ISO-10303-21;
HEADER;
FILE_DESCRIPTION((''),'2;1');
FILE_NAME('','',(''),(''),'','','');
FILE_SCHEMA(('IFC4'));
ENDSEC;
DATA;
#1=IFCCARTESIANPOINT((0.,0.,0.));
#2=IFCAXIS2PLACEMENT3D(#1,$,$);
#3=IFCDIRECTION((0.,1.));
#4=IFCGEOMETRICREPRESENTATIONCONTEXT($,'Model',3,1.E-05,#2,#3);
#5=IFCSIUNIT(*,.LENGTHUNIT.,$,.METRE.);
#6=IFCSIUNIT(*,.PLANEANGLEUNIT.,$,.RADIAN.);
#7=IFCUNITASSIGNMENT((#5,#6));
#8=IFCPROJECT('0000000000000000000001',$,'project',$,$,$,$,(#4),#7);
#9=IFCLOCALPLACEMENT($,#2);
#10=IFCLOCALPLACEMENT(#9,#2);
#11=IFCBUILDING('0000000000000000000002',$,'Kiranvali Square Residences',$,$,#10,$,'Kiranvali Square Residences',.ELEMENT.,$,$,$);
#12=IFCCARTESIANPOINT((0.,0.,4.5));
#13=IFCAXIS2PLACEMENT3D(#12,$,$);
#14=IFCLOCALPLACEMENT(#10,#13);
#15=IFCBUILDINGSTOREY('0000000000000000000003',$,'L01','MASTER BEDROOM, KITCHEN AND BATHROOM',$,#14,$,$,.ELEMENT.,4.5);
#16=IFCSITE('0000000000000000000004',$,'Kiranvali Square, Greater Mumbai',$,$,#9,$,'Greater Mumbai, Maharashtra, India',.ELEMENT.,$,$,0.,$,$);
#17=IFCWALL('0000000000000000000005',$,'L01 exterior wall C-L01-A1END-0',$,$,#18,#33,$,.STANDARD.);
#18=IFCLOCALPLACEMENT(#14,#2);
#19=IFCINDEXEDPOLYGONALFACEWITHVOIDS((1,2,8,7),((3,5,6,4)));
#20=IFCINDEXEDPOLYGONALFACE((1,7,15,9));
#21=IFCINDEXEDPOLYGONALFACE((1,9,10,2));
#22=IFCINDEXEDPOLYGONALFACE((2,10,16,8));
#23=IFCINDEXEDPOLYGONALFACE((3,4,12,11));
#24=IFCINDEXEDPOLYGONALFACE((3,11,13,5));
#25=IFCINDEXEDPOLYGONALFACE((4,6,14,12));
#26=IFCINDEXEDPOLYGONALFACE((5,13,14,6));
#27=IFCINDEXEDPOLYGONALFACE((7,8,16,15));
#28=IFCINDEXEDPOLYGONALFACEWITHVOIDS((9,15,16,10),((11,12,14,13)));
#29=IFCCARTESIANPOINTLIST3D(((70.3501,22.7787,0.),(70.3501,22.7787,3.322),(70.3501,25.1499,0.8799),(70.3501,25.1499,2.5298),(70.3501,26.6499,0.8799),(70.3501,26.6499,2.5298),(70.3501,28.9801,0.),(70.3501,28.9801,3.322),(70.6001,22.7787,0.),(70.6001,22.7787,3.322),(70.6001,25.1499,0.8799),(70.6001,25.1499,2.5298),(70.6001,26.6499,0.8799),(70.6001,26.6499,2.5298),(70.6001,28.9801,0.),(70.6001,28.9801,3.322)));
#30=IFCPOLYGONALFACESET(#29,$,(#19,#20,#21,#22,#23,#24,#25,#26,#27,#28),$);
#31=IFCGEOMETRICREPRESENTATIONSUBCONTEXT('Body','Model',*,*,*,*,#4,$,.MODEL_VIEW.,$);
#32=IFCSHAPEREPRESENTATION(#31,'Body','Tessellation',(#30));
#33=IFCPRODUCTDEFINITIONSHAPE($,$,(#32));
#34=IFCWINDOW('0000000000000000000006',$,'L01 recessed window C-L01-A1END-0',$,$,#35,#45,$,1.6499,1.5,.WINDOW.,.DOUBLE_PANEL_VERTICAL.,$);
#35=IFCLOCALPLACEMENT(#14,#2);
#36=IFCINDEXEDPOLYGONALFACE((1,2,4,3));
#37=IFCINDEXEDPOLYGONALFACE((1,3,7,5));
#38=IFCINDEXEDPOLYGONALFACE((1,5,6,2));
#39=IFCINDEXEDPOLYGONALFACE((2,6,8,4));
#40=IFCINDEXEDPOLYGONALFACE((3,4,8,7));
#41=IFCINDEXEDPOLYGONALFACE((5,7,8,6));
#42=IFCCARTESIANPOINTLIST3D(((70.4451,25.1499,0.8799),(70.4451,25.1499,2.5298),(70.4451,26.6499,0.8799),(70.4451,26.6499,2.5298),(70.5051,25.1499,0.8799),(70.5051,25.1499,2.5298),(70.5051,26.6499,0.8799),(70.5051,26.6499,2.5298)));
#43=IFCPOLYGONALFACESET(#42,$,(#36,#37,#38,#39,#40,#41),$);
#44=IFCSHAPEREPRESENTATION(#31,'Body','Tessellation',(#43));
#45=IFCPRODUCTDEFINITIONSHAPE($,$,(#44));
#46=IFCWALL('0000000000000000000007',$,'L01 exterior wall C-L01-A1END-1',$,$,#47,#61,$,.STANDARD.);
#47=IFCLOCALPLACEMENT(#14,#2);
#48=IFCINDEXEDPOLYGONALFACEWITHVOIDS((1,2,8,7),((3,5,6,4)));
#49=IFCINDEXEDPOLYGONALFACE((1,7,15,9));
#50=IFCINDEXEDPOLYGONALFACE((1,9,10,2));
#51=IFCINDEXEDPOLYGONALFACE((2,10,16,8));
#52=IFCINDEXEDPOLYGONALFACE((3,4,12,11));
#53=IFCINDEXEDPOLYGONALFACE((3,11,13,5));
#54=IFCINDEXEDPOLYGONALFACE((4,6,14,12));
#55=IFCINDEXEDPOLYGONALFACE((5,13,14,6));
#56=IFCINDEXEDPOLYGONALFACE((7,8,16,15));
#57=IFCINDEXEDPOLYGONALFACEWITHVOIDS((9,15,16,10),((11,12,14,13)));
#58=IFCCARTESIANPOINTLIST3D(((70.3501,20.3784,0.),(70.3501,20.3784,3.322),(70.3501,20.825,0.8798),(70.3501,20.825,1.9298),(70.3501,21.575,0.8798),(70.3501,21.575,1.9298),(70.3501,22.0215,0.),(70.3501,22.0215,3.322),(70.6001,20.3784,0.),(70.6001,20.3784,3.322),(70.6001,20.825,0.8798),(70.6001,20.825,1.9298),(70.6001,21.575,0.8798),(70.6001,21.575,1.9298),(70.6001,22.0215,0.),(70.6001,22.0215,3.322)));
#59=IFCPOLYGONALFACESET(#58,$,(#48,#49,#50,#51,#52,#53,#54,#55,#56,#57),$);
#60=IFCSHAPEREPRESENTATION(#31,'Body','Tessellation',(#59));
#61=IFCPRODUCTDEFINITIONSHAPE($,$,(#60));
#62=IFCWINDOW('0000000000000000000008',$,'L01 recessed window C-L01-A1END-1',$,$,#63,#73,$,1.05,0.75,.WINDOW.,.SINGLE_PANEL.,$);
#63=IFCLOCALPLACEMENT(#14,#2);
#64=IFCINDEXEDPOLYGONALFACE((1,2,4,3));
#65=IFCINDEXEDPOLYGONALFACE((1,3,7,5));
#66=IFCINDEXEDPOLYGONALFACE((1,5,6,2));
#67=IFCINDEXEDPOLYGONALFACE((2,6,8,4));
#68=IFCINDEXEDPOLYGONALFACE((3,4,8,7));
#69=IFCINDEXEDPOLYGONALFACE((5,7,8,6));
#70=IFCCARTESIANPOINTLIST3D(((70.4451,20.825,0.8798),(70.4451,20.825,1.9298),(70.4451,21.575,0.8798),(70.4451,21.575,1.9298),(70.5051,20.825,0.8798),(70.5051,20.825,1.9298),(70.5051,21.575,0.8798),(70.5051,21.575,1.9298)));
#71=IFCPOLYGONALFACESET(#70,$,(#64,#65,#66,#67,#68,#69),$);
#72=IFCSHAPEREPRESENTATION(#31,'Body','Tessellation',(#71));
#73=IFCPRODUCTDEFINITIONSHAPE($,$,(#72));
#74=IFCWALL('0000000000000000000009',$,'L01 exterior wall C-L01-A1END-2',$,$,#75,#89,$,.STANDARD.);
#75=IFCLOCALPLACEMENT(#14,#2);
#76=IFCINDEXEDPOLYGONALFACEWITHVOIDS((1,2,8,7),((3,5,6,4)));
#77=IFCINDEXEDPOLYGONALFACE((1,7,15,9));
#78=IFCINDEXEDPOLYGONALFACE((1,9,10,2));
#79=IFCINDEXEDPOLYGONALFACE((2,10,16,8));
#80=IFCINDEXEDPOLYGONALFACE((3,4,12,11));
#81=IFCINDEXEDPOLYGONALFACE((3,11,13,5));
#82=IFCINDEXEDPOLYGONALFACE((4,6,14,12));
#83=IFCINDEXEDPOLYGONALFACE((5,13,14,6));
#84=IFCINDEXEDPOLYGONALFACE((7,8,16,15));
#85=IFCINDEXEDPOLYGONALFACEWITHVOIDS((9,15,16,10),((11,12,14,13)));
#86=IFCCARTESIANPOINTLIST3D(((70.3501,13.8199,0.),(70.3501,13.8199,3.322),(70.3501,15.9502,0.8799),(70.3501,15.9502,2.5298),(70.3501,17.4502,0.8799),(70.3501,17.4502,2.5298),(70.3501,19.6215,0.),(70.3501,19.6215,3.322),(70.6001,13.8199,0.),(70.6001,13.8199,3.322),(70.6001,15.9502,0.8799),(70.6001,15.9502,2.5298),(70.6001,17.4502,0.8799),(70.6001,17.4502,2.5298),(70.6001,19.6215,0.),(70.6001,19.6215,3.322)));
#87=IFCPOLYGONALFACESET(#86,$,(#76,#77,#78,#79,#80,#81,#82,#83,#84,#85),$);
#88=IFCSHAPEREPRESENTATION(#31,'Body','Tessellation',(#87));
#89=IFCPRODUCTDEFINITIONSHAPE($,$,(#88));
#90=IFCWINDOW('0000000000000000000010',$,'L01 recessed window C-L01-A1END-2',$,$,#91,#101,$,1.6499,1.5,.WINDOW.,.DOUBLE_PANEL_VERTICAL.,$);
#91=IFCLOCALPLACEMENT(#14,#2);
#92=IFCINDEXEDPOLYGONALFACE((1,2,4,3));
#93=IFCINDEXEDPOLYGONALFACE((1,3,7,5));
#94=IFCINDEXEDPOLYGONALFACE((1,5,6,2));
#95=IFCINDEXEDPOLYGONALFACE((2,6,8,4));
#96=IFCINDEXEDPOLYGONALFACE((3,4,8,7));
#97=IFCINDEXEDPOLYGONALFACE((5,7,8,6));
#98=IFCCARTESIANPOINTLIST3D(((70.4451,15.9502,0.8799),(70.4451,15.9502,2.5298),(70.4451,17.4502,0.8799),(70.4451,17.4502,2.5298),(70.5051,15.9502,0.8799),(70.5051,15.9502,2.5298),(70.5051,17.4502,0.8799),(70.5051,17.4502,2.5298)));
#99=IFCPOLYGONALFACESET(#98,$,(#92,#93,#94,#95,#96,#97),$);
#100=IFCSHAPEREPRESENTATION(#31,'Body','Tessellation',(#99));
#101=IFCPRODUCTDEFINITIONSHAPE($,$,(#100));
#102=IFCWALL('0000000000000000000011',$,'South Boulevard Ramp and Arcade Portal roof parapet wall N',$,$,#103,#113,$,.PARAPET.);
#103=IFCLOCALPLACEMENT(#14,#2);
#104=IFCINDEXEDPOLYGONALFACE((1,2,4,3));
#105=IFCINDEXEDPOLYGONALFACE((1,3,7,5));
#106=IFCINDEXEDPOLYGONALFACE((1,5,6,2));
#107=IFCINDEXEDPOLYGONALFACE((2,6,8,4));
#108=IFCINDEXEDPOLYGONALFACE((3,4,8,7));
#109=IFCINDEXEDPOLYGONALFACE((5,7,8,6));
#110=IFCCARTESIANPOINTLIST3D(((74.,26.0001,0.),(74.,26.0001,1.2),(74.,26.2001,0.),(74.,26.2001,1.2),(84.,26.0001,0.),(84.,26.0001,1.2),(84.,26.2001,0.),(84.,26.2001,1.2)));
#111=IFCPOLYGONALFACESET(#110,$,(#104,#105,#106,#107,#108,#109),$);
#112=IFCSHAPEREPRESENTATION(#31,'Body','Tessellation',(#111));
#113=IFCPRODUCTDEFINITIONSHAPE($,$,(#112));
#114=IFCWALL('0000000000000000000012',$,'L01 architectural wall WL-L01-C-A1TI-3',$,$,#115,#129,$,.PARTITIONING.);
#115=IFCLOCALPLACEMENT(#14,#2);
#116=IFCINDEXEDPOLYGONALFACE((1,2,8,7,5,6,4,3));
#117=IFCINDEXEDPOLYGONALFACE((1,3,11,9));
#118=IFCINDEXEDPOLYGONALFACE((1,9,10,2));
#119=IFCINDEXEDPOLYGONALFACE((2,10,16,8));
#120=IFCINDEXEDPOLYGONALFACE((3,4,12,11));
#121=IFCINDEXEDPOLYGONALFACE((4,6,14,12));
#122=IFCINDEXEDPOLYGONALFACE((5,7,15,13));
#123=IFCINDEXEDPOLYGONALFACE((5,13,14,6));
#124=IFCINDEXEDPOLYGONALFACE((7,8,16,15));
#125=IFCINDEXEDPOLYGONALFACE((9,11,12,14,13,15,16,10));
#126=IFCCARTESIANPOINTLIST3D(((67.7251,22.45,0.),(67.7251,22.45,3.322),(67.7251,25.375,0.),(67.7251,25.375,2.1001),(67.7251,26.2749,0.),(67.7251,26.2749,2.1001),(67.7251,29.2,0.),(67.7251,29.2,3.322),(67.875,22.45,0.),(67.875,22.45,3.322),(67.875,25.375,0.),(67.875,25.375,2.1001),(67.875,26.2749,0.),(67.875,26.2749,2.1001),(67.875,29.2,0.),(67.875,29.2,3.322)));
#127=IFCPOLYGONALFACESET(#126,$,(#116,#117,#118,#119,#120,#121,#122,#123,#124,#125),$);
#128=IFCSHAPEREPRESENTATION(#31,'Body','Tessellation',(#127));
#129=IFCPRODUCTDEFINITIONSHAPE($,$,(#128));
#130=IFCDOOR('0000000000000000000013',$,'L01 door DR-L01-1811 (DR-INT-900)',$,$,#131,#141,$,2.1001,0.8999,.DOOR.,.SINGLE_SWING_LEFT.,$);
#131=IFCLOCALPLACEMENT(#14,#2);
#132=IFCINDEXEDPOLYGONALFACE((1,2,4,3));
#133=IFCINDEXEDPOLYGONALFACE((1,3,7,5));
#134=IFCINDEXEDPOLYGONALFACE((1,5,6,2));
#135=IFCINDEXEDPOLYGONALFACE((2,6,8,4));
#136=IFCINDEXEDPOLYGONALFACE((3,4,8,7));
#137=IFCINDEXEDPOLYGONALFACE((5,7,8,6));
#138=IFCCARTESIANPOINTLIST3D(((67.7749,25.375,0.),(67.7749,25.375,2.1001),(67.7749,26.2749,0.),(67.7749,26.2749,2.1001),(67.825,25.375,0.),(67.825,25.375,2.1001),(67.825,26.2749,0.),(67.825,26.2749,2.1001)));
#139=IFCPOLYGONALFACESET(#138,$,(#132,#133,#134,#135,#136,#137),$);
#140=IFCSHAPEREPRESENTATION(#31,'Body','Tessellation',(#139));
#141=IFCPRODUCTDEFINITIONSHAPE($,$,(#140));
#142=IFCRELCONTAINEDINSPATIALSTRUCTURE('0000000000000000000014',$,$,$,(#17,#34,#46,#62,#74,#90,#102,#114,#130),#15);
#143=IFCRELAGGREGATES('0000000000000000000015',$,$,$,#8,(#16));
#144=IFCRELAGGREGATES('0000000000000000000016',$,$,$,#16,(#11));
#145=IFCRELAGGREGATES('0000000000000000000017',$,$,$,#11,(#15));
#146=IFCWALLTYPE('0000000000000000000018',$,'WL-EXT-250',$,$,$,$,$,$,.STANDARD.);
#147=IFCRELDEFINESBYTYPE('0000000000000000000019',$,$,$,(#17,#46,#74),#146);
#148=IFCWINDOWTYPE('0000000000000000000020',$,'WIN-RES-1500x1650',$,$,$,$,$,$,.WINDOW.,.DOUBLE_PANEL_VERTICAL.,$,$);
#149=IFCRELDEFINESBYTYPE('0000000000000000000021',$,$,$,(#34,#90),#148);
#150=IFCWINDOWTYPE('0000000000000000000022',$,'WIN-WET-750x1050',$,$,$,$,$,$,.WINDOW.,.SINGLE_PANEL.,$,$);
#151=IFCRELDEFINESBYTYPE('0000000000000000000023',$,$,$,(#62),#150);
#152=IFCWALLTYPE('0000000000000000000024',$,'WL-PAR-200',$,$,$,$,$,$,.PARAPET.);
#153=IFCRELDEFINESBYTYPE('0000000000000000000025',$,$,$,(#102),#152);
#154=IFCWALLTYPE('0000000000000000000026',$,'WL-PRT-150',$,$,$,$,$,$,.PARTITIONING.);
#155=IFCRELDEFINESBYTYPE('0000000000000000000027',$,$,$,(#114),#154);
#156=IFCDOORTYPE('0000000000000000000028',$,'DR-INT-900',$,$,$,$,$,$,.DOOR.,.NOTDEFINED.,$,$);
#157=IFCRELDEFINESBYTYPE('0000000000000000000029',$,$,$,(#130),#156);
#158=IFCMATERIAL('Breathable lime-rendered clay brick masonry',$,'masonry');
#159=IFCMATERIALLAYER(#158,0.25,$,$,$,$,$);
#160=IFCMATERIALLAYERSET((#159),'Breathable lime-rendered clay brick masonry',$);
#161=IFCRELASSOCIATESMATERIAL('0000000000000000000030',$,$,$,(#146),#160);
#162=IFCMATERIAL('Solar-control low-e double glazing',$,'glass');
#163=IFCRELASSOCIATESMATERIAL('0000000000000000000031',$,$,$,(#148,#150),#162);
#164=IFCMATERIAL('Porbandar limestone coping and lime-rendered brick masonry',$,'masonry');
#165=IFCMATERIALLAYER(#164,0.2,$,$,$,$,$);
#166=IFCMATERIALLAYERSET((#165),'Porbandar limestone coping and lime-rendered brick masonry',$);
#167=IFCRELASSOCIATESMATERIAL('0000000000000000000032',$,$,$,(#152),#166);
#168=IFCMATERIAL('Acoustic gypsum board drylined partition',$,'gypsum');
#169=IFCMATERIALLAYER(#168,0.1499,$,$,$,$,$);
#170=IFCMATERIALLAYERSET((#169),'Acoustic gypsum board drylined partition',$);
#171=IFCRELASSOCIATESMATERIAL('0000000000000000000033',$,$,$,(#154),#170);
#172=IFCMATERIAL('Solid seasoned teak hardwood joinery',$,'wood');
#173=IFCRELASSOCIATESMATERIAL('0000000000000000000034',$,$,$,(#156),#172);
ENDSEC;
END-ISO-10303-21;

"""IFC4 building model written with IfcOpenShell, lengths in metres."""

from ifc_helpers import new_model, si_unit, direction, frame, frame_2d, origin, place, context, subcontext, project, spatial, rectangle, extrude, material, layer, layer_set, type_object, element, fill, save


model = new_model("IFC4")

# Units and contexts
model_context = context("Model", 3, precision=1e-05, world=origin(), true_north=direction((0.0, 1.0)))
body_context = subcontext(model_context, "Body", "Model", "MODEL_VIEW")
ifc_project = project(units=[si_unit("LENGTHUNIT", "METRE"), si_unit("PLANEANGLEUNIT", "RADIAN")], contexts=[model_context])

# Site, building, storey
site_placement = place(None, origin())
site = spatial("IfcSite", under=ifc_project, at=site_placement, Name="Kiranvali Square, Greater Mumbai", LongName="Greater Mumbai, Maharashtra, India", CompositionType="ELEMENT", RefElevation=0.0)
building_placement = place(site_placement, origin())
building = spatial("IfcBuilding", under=site, at=building_placement, Name="Kiranvali Square Residences", LongName="Kiranvali Square Residences", CompositionType="ELEMENT")
storey_placement = place(building_placement, frame((0.0, 0.0, 4.5)))
storey = spatial("IfcBuildingStorey", under=building, at=storey_placement, Name="L01", Description="MASTER BEDROOM, KITCHEN AND BATHROOM", CompositionType="ELEMENT", Elevation=4.5)

# Walls, openings, windows
ifc_material_1 = material(Name="Breathable lime-rendered clay brick masonry", Category="masonry")
ifc_layer_1 = layer(ifc_material_1, 0.25)
ifc_layer_set_1 = layer_set([ifc_layer_1], Name="Breathable lime-rendered clay brick masonry")
wall_type_1 = type_object("IfcWallType", Name="WL-EXT-250", PredefinedType="STANDARD", material=ifc_layer_set_1)
ifc_material_2 = material(Name="Solar-control low-e double glazing", Category="glass")
wall_1_placement = place(storey_placement, frame((70.4751, 28.98, 0.0), z_axis=(0.0, 0.0, 1.0), x_axis=(0.0, -1.0, 0.0)))
wall_1 = element("IfcWall", 1, at=wall_1_placement, inside=storey, type_object=wall_type_1, Name="L01 exterior wall C-L01-A1END-0", PredefinedType="STANDARD", context=body_context, shape_type="SweptSolid", body=[
    extrude(rectangle(XDim=6.2014, YDim=0.25, at=frame_2d((3.1006, 0.0))), origin(), (0.0, 0.0, 1.0), 3.322),
])
opening_1_placement = place(wall_1_placement, frame((2.3301, 0.0, 0.8799)))
opening_1 = element("IfcOpeningElement", 2, at=opening_1_placement, cuts=wall_1, PredefinedType="OPENING", context=body_context, shape_type="SweptSolid", body=[
    extrude(rectangle(XDim=1.5, YDim=1.6499, at=frame_2d((0.75, 0.825))), frame((0.0, 0.135, 0.0), z_axis=(0.0, -1.0, 0.0), x_axis=(1.0, 0.0, 0.0)), (0.0, 0.0, 1.0), 0.27),
])
window_type_1 = type_object("IfcWindowType", Name="WIN-RES-1500x1650", PartitioningType="DOUBLE_PANEL_VERTICAL", PredefinedType="WINDOW", material=ifc_material_2)
window_1_placement = place(opening_1_placement, origin())
window_1 = element("IfcWindow", 3, at=window_1_placement, inside=storey, type_object=window_type_1, Name="L01 recessed window C-L01-A1END-0", OverallHeight=1.6499, OverallWidth=1.5, PartitioningType="DOUBLE_PANEL_VERTICAL", PredefinedType="WINDOW", context=body_context, shape_type="SweptSolid", body=[
    extrude(rectangle(XDim=1.5, YDim=1.6499, at=frame_2d((0.75, 0.825))), frame((0.0, 0.03, 0.0), z_axis=(0.0, -1.0, 0.0), x_axis=(1.0, 0.0, 0.0)), (0.0, 0.0, 1.0), 0.0601),
])
fill(opening_1, window_1)
wall_2_placement = place(storey_placement, frame((70.4751, 22.0215, 0.0), z_axis=(0.0, 0.0, 1.0), x_axis=(0.0, -1.0, 0.0)))
wall_2 = element("IfcWall", 4, at=wall_2_placement, inside=storey, type_object=wall_type_1, Name="L01 exterior wall C-L01-A1END-1", PredefinedType="STANDARD", context=body_context, shape_type="SweptSolid", body=[
    extrude(rectangle(XDim=1.6431, YDim=0.25, at=frame_2d((0.8215, 0.0))), origin(), (0.0, 0.0, 1.0), 3.322),
])
opening_2_placement = place(wall_2_placement, frame((0.4465, 0.0, 0.8799)))
opening_2 = element("IfcOpeningElement", 5, at=opening_2_placement, cuts=wall_2, PredefinedType="OPENING", context=body_context, shape_type="SweptSolid", body=[
    extrude(rectangle(XDim=0.75, YDim=1.05, at=frame_2d((0.375, 0.5249))), frame((0.0, 0.135, 0.0), z_axis=(0.0, -1.0, 0.0), x_axis=(1.0, 0.0, 0.0)), (0.0, 0.0, 1.0), 0.27),
])
window_type_2 = type_object("IfcWindowType", Name="WIN-WET-750x1050", PartitioningType="SINGLE_PANEL", PredefinedType="WINDOW", material=ifc_material_2)
window_2_placement = place(opening_2_placement, origin())
window_2 = element("IfcWindow", 6, at=window_2_placement, inside=storey, type_object=window_type_2, Name="L01 recessed window C-L01-A1END-1", OverallHeight=1.05, OverallWidth=0.75, PartitioningType="SINGLE_PANEL", PredefinedType="WINDOW", context=body_context, shape_type="SweptSolid", body=[
    extrude(rectangle(XDim=0.75, YDim=1.05, at=frame_2d((0.375, 0.5249))), frame((0.0, 0.03, 0.0), z_axis=(0.0, -1.0, 0.0), x_axis=(1.0, 0.0, 0.0)), (0.0, 0.0, 1.0), 0.0601),
])
fill(opening_2, window_2)
wall_3_placement = place(storey_placement, frame((70.4751, 19.6216, 0.0), z_axis=(0.0, 0.0, 1.0), x_axis=(0.0, -1.0, 0.0)))
wall_3 = element("IfcWall", 7, at=wall_3_placement, inside=storey, type_object=wall_type_1, Name="L01 exterior wall C-L01-A1END-2", PredefinedType="STANDARD", context=body_context, shape_type="SweptSolid", body=[
    extrude(rectangle(XDim=5.8015, YDim=0.25, at=frame_2d((2.9009, 0.0))), origin(), (0.0, 0.0, 1.0), 3.322),
])
opening_3_placement = place(wall_3_placement, frame((2.1714, 0.0, 0.8799)))
opening_3 = element("IfcOpeningElement", 8, at=opening_3_placement, cuts=wall_3, PredefinedType="OPENING", context=body_context, shape_type="SweptSolid", body=[
    extrude(rectangle(XDim=1.5, YDim=1.6499, at=frame_2d((0.75, 0.825))), frame((0.0, 0.135, 0.0), z_axis=(0.0, -1.0, 0.0), x_axis=(1.0, 0.0, 0.0)), (0.0, 0.0, 1.0), 0.27),
])
window_3_placement = place(opening_3_placement, origin())
window_3 = element("IfcWindow", 9, at=window_3_placement, inside=storey, type_object=window_type_1, Name="L01 recessed window C-L01-A1END-2", OverallHeight=1.6499, OverallWidth=1.5, PartitioningType="DOUBLE_PANEL_VERTICAL", PredefinedType="WINDOW", context=body_context, shape_type="SweptSolid", body=[
    extrude(rectangle(XDim=1.5, YDim=1.6499, at=frame_2d((0.75, 0.825))), frame((0.0, 0.03, 0.0), z_axis=(0.0, -1.0, 0.0), x_axis=(1.0, 0.0, 0.0)), (0.0, 0.0, 1.0), 0.0601),
])
fill(opening_3, window_3)

# Wall
ifc_material_3 = material(Name="Porbandar limestone coping and lime-rendered brick masonry", Category="masonry")
ifc_layer_2 = layer(ifc_material_3, 0.2)
ifc_layer_set_2 = layer_set([ifc_layer_2], Name="Porbandar limestone coping and lime-rendered brick masonry")
wall_type_2 = type_object("IfcWallType", Name="WL-PAR-200", PredefinedType="PARAPET", material=ifc_layer_set_2)
wall_4_placement = place(storey_placement, frame((74.0, 26.1001, 0.0), z_axis=(0.0, 0.0, 1.0), x_axis=(1.0, 0.0, 0.0)))
element("IfcWall", 10, at=wall_4_placement, inside=storey, type_object=wall_type_2, Name="South Boulevard Ramp and Arcade Portal roof parapet wall N", PredefinedType="PARAPET", context=body_context, shape_type="SweptSolid", body=[
    extrude(rectangle(XDim=10.0, YDim=0.2, at=frame_2d((5.0, 0.0))), origin(), (0.0, 0.0, 1.0), 1.2),
])

# Wall, opening, door
ifc_material_4 = material(Name="Acoustic gypsum board drylined partition", Category="gypsum")
ifc_layer_3 = layer(ifc_material_4, 0.1499)
ifc_layer_set_3 = layer_set([ifc_layer_3], Name="Acoustic gypsum board drylined partition")
wall_type_3 = type_object("IfcWallType", Name="WL-PRT-150", PredefinedType="PARTITIONING", material=ifc_layer_set_3)
wall_5_placement = place(storey_placement, frame((67.8, 29.2, 0.0), z_axis=(0.0, 0.0, 1.0), x_axis=(0.0, -1.0, 0.0)))
wall_5 = element("IfcWall", 11, at=wall_5_placement, inside=storey, type_object=wall_type_3, Name="L01 architectural wall WL-L01-C-A1TI-3", PredefinedType="PARTITIONING", context=body_context, shape_type="SweptSolid", body=[
    extrude(rectangle(XDim=6.75, YDim=0.1499, at=frame_2d((3.375, 0.0))), origin(), (0.0, 0.0, 1.0), 3.322),
])
opening_4_placement = place(wall_5_placement, frame((2.925, 0.0, 0.0)))
opening_4 = element("IfcOpeningElement", 12, at=opening_4_placement, cuts=wall_5, PredefinedType="OPENING", context=body_context, shape_type="SweptSolid", body=[
    extrude(rectangle(XDim=0.8999, YDim=2.1001, at=frame_2d((0.45, 1.05))), frame((0.0, 0.085, 0.0), z_axis=(0.0, -1.0, 0.0), x_axis=(1.0, 0.0, 0.0)), (0.0, 0.0, 1.0), 0.1699),
])
ifc_material_5 = material(Name="Solid seasoned teak hardwood joinery", Category="wood")
door_type = type_object("IfcDoorType", Name="DR-INT-900", OperationType="NOTDEFINED", PredefinedType="DOOR", material=ifc_material_5)
door_placement = place(opening_4_placement, origin())
door = element("IfcDoor", 13, at=door_placement, inside=storey, type_object=door_type, Name="L01 door DR-L01-1811 (DR-INT-900)", OperationType="SINGLE_SWING_LEFT", OverallHeight=2.1001, OverallWidth=0.8999, PredefinedType="DOOR", context=body_context, shape_type="SweptSolid", body=[
    extrude(rectangle(XDim=0.8999, YDim=2.1001, at=frame_2d((0.45, 1.05))), frame((0.0, 0.0249, 0.0), z_axis=(0.0, -1.0, 0.0), x_axis=(1.0, 0.0, 0.0)), (0.0, 0.0, 1.0), 0.05),
])
fill(opening_4, door)

save(model, "model.ifc")
